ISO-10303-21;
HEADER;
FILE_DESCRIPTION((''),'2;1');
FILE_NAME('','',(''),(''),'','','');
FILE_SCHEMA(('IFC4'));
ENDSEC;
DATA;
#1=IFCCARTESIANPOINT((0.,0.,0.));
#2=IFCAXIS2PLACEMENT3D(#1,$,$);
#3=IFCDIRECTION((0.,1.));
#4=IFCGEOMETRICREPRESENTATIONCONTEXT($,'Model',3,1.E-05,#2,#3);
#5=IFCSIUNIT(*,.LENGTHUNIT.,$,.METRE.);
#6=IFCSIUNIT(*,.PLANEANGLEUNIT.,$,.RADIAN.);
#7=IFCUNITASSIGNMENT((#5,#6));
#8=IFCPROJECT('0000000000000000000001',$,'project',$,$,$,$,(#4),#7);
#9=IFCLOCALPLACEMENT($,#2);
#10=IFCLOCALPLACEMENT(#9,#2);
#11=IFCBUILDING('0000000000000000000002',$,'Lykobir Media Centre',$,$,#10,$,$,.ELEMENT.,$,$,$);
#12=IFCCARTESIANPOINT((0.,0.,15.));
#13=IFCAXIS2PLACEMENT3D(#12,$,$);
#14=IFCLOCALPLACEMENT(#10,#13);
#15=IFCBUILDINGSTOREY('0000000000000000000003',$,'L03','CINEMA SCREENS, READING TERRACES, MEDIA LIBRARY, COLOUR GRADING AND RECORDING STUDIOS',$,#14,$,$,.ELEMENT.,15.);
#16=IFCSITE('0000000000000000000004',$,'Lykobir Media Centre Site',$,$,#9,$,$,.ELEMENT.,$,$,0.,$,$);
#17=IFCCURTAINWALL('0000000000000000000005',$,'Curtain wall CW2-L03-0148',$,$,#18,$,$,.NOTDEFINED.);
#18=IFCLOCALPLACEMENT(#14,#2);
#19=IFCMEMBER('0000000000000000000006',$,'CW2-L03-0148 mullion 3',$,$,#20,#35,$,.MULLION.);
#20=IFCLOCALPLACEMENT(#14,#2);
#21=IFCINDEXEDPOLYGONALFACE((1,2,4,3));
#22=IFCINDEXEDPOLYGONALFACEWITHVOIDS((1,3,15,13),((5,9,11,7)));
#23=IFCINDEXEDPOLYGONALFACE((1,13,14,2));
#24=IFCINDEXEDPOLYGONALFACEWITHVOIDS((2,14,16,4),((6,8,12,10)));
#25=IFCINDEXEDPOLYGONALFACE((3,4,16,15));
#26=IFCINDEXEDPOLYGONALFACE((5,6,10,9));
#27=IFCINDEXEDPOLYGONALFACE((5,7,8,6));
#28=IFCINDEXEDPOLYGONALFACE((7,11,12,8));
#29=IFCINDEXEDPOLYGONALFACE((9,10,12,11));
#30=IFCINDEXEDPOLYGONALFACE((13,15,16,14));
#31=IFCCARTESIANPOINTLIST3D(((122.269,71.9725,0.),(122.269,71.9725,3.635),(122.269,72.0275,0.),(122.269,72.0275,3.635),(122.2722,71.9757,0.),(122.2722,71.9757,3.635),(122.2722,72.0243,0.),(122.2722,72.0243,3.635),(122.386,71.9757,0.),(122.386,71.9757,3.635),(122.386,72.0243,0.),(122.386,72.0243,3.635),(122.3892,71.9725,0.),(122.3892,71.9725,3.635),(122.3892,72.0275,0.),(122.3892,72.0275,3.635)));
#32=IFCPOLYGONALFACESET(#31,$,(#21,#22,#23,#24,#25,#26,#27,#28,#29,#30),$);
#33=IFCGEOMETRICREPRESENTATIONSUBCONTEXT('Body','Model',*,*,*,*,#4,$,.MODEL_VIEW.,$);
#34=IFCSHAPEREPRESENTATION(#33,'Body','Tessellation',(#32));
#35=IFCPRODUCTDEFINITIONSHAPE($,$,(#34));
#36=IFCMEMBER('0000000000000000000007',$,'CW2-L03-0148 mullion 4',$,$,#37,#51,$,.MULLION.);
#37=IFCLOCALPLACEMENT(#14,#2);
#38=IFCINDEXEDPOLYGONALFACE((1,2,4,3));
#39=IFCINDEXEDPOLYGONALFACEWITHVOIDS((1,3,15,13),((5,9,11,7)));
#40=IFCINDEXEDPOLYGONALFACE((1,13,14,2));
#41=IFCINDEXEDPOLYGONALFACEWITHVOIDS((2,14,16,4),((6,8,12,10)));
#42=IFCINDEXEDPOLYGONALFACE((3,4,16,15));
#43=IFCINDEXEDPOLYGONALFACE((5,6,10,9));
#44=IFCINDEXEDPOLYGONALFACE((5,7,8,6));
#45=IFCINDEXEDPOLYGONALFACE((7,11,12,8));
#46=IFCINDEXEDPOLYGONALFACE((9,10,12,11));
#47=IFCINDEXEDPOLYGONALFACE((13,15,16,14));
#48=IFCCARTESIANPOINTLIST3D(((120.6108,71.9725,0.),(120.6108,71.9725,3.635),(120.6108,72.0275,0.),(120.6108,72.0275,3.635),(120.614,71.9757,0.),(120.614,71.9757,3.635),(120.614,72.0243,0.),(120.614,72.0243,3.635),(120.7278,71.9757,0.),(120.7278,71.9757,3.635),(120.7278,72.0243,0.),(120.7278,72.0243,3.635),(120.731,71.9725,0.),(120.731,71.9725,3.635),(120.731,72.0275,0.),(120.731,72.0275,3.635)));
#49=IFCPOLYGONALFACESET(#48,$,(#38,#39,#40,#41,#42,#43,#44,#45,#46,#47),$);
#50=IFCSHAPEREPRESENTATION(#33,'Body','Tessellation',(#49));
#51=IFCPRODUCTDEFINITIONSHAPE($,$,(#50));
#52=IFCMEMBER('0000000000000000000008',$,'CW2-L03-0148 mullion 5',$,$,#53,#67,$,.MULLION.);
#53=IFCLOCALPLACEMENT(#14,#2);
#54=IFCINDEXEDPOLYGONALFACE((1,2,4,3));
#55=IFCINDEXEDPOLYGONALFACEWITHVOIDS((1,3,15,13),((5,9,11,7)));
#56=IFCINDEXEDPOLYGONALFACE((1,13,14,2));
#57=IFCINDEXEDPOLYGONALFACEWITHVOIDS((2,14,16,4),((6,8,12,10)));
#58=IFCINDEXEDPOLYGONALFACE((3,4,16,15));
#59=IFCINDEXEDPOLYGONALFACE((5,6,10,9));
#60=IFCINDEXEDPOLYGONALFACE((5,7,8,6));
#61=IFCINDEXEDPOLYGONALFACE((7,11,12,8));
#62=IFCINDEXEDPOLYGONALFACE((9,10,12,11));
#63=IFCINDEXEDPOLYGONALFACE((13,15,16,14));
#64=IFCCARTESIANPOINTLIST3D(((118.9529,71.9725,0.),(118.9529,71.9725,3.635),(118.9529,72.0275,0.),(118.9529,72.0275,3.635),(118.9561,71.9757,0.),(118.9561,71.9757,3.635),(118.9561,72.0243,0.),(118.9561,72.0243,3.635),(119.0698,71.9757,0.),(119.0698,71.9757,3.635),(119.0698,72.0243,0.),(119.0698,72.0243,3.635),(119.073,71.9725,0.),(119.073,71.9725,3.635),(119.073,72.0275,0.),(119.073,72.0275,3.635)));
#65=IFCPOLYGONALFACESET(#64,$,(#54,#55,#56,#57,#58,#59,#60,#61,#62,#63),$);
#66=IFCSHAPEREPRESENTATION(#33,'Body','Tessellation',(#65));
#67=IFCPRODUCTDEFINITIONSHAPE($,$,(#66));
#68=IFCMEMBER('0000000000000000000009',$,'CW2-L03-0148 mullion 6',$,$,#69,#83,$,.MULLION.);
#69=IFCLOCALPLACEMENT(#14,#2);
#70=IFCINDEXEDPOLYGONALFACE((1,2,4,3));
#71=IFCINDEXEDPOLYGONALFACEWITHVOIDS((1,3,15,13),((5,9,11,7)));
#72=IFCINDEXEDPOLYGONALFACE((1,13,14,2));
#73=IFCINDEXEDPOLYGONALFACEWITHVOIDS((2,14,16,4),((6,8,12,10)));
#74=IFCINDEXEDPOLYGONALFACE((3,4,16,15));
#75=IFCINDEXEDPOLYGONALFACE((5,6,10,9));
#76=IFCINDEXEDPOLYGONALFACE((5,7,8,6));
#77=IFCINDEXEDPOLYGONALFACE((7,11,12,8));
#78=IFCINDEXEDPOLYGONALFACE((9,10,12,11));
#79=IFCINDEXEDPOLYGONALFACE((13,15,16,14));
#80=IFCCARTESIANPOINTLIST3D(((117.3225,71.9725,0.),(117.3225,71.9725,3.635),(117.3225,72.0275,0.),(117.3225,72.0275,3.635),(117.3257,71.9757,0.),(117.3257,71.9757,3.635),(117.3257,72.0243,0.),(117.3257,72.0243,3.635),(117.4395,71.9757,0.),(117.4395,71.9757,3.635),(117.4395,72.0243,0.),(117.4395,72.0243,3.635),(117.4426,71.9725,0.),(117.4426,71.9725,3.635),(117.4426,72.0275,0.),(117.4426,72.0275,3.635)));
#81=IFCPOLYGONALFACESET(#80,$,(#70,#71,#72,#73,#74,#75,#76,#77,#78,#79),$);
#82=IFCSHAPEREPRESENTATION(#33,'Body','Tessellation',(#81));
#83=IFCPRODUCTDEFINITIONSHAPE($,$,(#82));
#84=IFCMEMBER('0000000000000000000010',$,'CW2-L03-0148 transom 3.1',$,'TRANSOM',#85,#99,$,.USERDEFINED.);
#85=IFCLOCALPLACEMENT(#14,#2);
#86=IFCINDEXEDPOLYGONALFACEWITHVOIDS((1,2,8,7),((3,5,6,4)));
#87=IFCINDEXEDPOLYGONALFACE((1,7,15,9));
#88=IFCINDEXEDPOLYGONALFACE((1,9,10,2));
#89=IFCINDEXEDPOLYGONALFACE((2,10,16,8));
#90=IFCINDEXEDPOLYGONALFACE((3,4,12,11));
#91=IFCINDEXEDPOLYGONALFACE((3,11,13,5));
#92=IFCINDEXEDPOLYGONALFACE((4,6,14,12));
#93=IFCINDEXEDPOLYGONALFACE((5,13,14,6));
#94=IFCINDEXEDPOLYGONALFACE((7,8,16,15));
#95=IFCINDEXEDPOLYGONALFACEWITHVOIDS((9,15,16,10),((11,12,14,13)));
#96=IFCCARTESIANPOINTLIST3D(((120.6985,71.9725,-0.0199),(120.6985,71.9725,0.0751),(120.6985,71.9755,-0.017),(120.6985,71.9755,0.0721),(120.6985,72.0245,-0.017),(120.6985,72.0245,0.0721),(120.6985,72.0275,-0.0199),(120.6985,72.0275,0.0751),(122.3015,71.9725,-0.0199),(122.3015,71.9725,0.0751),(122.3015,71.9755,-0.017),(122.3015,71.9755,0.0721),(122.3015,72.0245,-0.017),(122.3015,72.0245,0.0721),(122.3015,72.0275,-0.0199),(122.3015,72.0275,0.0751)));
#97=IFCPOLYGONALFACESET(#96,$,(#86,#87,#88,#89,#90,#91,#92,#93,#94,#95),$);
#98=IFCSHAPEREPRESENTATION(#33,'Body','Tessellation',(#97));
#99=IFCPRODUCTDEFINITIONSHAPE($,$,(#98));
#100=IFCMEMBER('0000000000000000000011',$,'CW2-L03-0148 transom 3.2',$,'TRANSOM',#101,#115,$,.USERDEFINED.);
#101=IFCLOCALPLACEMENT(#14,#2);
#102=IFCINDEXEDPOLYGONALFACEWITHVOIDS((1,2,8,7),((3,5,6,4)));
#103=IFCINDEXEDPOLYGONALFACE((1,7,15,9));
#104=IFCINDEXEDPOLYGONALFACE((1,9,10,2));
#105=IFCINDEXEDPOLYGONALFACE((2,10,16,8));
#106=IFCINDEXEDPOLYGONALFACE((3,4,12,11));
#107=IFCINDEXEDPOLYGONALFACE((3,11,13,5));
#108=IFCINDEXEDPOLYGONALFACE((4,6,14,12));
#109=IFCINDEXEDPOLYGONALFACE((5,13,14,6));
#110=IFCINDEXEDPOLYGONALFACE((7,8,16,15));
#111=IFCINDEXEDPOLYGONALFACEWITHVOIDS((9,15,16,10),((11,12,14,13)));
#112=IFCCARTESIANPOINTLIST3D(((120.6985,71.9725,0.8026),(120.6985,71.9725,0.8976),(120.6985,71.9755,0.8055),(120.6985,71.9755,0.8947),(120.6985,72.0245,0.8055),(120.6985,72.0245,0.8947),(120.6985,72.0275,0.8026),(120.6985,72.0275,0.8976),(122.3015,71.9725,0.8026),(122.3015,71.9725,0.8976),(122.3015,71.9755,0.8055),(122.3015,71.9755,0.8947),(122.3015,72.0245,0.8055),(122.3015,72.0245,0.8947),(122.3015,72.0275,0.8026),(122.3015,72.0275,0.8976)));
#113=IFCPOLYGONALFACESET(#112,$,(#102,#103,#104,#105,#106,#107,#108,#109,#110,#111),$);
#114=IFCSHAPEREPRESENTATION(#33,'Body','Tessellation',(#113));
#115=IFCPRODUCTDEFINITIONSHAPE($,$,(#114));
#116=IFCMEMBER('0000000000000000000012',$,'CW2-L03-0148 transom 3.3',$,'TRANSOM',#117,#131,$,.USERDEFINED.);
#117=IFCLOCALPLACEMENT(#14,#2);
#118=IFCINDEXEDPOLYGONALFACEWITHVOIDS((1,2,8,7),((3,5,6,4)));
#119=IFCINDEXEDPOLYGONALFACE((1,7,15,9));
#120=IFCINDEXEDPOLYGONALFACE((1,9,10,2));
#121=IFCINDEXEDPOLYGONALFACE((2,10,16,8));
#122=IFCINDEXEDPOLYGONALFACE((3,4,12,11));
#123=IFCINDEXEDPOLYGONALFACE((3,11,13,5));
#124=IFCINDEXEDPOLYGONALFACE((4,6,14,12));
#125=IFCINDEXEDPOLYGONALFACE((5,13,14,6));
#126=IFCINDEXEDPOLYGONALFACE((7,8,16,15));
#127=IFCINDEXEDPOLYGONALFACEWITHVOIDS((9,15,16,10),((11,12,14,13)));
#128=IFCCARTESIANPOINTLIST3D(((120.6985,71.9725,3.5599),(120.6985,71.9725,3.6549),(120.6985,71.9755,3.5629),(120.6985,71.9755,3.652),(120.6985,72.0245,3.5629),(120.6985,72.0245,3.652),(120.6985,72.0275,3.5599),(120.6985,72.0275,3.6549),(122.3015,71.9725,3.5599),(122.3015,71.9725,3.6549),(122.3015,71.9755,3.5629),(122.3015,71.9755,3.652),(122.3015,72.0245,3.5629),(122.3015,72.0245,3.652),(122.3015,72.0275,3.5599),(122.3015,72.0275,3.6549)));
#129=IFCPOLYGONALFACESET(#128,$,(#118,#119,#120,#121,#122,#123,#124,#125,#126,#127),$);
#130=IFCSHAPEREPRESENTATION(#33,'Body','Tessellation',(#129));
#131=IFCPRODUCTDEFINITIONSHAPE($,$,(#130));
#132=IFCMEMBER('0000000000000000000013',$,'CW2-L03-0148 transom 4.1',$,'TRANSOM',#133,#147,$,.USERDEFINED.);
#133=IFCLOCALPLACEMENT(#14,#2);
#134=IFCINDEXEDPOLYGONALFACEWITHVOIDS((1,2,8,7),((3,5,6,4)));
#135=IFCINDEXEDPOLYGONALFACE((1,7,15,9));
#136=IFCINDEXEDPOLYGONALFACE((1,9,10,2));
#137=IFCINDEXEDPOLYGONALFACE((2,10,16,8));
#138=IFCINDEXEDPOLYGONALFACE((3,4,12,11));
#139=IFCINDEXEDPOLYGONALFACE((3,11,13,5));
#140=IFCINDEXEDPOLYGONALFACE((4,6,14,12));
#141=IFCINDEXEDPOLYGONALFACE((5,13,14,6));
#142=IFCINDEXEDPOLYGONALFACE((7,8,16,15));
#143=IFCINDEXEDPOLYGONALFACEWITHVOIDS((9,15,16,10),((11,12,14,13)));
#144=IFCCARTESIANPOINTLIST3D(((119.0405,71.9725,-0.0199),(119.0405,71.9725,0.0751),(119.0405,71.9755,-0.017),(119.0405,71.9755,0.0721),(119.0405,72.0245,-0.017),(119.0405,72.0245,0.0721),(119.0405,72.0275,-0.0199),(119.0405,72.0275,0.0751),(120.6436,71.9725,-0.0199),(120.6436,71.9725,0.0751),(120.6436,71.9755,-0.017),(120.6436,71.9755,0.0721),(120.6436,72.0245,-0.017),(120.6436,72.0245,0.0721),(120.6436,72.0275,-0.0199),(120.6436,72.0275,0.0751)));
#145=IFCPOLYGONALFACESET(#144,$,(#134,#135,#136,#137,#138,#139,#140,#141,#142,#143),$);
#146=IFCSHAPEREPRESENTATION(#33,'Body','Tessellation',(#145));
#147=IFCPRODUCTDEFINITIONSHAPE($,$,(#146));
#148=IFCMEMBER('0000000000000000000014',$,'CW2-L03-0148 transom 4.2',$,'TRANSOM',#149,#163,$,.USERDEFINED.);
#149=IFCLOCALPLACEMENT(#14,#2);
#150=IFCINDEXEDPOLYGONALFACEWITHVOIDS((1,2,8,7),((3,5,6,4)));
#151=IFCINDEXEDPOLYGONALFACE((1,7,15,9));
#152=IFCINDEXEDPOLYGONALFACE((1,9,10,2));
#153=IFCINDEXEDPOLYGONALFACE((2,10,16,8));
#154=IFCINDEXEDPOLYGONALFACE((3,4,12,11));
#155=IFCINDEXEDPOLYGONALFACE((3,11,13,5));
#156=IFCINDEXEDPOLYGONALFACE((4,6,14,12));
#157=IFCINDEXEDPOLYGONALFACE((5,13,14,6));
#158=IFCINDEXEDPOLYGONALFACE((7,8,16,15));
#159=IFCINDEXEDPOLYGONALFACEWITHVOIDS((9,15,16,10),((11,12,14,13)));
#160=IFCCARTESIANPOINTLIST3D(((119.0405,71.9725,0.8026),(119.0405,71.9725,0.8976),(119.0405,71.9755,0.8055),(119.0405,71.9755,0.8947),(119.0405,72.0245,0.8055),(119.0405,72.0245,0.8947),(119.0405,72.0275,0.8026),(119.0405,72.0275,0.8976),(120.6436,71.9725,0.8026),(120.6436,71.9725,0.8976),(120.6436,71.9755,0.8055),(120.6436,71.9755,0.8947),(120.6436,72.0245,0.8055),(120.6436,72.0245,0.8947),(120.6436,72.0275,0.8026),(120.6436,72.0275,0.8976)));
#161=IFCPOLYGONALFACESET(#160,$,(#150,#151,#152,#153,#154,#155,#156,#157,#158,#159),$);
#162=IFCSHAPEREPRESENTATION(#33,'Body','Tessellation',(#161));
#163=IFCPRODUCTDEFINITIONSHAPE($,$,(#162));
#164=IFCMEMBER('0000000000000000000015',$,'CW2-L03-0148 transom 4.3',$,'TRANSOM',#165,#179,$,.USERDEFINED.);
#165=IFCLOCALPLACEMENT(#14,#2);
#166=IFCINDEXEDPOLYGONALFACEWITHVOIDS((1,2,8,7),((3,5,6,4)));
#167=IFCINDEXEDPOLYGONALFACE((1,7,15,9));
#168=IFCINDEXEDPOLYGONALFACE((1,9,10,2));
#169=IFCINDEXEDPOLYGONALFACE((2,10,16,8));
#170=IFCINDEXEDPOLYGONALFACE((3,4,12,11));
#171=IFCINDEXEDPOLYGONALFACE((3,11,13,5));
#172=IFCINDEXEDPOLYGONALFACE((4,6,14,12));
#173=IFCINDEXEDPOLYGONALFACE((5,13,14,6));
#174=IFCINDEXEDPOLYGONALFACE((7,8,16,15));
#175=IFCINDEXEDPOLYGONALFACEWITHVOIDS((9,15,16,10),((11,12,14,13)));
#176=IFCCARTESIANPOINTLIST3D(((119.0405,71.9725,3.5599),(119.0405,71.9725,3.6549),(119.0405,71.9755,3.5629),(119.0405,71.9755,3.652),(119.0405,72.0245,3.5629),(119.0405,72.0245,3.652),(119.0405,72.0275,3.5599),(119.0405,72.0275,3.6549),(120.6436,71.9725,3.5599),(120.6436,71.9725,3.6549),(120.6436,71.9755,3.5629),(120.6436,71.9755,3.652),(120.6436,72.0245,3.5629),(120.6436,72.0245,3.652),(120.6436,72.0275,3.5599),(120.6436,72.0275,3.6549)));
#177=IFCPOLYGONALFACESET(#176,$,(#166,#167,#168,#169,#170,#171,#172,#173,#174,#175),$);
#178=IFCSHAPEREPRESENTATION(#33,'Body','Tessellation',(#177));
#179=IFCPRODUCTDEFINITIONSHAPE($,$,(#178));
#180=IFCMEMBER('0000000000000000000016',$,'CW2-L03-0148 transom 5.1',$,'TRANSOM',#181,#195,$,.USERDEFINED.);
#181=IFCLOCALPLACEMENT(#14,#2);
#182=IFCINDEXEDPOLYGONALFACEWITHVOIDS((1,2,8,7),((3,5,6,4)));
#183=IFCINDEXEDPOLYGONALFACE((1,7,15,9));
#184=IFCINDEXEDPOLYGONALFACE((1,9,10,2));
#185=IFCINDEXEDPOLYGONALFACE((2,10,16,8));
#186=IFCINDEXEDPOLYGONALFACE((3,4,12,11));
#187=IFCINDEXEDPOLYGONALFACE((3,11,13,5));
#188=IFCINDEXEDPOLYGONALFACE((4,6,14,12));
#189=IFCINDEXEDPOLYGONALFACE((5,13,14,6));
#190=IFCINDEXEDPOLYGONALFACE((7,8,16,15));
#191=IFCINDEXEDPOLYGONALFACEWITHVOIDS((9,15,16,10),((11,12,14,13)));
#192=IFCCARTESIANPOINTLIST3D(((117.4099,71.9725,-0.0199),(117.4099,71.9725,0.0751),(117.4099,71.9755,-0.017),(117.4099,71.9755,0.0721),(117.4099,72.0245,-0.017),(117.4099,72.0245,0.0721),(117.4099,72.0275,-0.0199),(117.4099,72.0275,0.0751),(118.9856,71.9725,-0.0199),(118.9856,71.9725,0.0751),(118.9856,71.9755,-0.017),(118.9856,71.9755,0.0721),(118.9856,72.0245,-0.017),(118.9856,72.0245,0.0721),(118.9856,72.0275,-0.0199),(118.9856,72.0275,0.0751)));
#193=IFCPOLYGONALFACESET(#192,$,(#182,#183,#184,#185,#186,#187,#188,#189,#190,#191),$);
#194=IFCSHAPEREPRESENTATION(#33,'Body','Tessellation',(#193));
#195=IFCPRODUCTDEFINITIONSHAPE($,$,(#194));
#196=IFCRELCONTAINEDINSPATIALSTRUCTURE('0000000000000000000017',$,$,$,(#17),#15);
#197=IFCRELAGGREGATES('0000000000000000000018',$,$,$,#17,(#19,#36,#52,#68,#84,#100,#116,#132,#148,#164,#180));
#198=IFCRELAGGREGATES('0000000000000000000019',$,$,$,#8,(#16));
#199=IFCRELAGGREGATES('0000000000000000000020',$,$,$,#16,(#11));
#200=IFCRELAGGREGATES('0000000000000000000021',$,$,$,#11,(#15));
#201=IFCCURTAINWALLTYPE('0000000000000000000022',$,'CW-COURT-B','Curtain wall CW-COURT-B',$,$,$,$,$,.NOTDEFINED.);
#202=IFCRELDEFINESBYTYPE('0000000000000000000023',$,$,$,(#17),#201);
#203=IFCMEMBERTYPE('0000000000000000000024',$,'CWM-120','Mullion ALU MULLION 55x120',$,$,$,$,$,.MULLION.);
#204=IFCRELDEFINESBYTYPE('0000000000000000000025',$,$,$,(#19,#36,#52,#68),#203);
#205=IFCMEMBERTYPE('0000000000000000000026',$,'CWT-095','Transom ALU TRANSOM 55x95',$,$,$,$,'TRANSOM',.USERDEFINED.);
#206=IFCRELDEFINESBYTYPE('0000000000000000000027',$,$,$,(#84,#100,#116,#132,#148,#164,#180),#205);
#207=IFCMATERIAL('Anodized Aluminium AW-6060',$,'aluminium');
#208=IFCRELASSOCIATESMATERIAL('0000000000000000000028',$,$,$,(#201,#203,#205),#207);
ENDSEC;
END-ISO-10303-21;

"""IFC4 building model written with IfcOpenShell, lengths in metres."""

from ifc_helpers import new_model, si_unit, direction, frame, origin, origin_2d, place, context, subcontext, project, spatial, hollow_rectangle, extrude, material, material_profile, profile_set, type_object, element, aggregate, save


model = new_model("IFC4")

# Units and contexts
model_context = context("Model", 3, precision=1e-05, world=origin(), true_north=direction((0.0, 1.0)))
body_context = subcontext(model_context, "Body", "Model", "MODEL_VIEW")
ifc_project = project(units=[si_unit("LENGTHUNIT", "METRE"), si_unit("PLANEANGLEUNIT", "RADIAN")], contexts=[model_context])

# Site, building, storey
site_placement = place(None, origin())
site = spatial("IfcSite", under=ifc_project, at=site_placement, Name="Lykobir Media Centre Site", CompositionType="ELEMENT", RefElevation=0.0)
building_placement = place(site_placement, origin())
building = spatial("IfcBuilding", under=site, at=building_placement, Name="Lykobir Media Centre", CompositionType="ELEMENT")
storey_placement = place(building_placement, frame((0.0, 0.0, 15.0)))
storey = spatial("IfcBuildingStorey", under=building, at=storey_placement, Name="L03", Description="CINEMA SCREENS, READING TERRACES, MEDIA LIBRARY, COLOUR GRADING AND RECORDING STUDIOS", CompositionType="ELEMENT", Elevation=15.0)

# Curtain wall, members
ifc_material_1 = material(Name="Anodized Aluminium AW-6060", Category="aluminium")
curtain_wall_type = type_object("IfcCurtainWallType", Name="CW-COURT-B", Description="Curtain wall CW-COURT-B", PredefinedType="NOTDEFINED", material=ifc_material_1)
curtain_wall_placement = place(storey_placement, origin())
curtain_wall = element("IfcCurtainWall", 1, at=curtain_wall_placement, inside=storey, type_object=curtain_wall_type, Name="Curtain wall CW2-L03-0148", PredefinedType="NOTDEFINED")
ifc_material_profile_1 = material_profile(ifc_material_1, hollow_rectangle(XDim=0.0549, YDim=0.1201, WallThickness=0.0032, at=origin_2d()), Name="ALU MULLION 55x120")
ifc_profile_set_1 = profile_set([ifc_material_profile_1], Name="Anodized Aluminium AW-6060")
member_type_1 = type_object("IfcMemberType", Name="CWM-120", Description="Mullion ALU MULLION 55x120", PredefinedType="MULLION", material=ifc_profile_set_1)
member_1_placement = place(storey_placement, frame((122.3291, 72.0, 0.0), z_axis=(0.0, 0.0, 1.0), x_axis=(0.0, -1.0, 0.0)))
member_1 = element("IfcMember", 2, at=member_1_placement, type_object=member_type_1, Name="CW2-L03-0148 mullion 3", PredefinedType="MULLION", context=body_context, shape_type="SweptSolid", body=[
    extrude(hollow_rectangle(XDim=0.0549, YDim=0.1201, WallThickness=0.0032, at=origin_2d()), origin(), (0.0, 0.0, 1.0), 3.635),
])
member_2_placement = place(storey_placement, frame((120.6709, 72.0, 0.0), z_axis=(0.0, 0.0, 1.0), x_axis=(0.0, -1.0, 0.0)))
member_2 = element("IfcMember", 3, at=member_2_placement, type_object=member_type_1, Name="CW2-L03-0148 mullion 4", PredefinedType="MULLION", context=body_context, shape_type="SweptSolid", body=[
    extrude(hollow_rectangle(XDim=0.0549, YDim=0.1201, WallThickness=0.0032, at=origin_2d()), origin(), (0.0, 0.0, 1.0), 3.635),
])
member_3_placement = place(storey_placement, frame((119.0129, 72.0, 0.0), z_axis=(0.0, 0.0, 1.0), x_axis=(0.0, -1.0, 0.0)))
member_3 = element("IfcMember", 4, at=member_3_placement, type_object=member_type_1, Name="CW2-L03-0148 mullion 5", PredefinedType="MULLION", context=body_context, shape_type="SweptSolid", body=[
    extrude(hollow_rectangle(XDim=0.0549, YDim=0.1201, WallThickness=0.0032, at=origin_2d()), origin(), (0.0, 0.0, 1.0), 3.635),
])
member_4_placement = place(storey_placement, frame((117.3826, 72.0, 0.0), z_axis=(0.0, 0.0, 1.0), x_axis=(0.0, -1.0, 0.0)))
member_4 = element("IfcMember", 5, at=member_4_placement, type_object=member_type_1, Name="CW2-L03-0148 mullion 6", PredefinedType="MULLION", context=body_context, shape_type="SweptSolid", body=[
    extrude(hollow_rectangle(XDim=0.0549, YDim=0.1201, WallThickness=0.0032, at=origin_2d()), origin(), (0.0, 0.0, 1.0), 3.635),
])
ifc_material_profile_2 = material_profile(ifc_material_1, hollow_rectangle(XDim=0.0549, YDim=0.095, WallThickness=0.0029, at=origin_2d()), Name="ALU TRANSOM 55x95")
ifc_profile_set_2 = profile_set([ifc_material_profile_2], Name="Anodized Aluminium AW-6060")
member_type_2 = type_object("IfcMemberType", Name="CWT-095", Description="Transom ALU TRANSOM 55x95", ElementType="TRANSOM", PredefinedType="USERDEFINED", material=ifc_profile_set_2)
member_5_placement = place(storey_placement, frame((122.3015, 72.0, 0.0276), z_axis=(-1.0, 0.0, 0.0), x_axis=(0.0, -1.0, 0.0)))
member_5 = element("IfcMember", 6, at=member_5_placement, type_object=member_type_2, Name="CW2-L03-0148 transom 3.1", ObjectType="TRANSOM", PredefinedType="USERDEFINED", context=body_context, shape_type="SweptSolid", body=[
    extrude(hollow_rectangle(XDim=0.0549, YDim=0.095, WallThickness=0.0029, at=origin_2d()), origin(), (0.0, 0.0, 1.0), 1.603),
])
member_6_placement = place(storey_placement, frame((122.3015, 72.0, 0.8501), z_axis=(-1.0, 0.0, 0.0), x_axis=(0.0, -1.0, 0.0)))
member_6 = element("IfcMember", 7, at=member_6_placement, type_object=member_type_2, Name="CW2-L03-0148 transom 3.2", ObjectType="TRANSOM", PredefinedType="USERDEFINED", context=body_context, shape_type="SweptSolid", body=[
    extrude(hollow_rectangle(XDim=0.0549, YDim=0.095, WallThickness=0.0029, at=origin_2d()), origin(), (0.0, 0.0, 1.0), 1.603),
])
member_7_placement = place(storey_placement, frame((122.3015, 72.0, 3.6074), z_axis=(-1.0, 0.0, 0.0), x_axis=(0.0, -1.0, 0.0)))
member_7 = element("IfcMember", 8, at=member_7_placement, type_object=member_type_2, Name="CW2-L03-0148 transom 3.3", ObjectType="TRANSOM", PredefinedType="USERDEFINED", context=body_context, shape_type="SweptSolid", body=[
    extrude(hollow_rectangle(XDim=0.0549, YDim=0.095, WallThickness=0.0029, at=origin_2d()), origin(), (0.0, 0.0, 1.0), 1.603),
])
member_8_placement = place(storey_placement, frame((120.6436, 72.0, 0.0276), z_axis=(-1.0, 0.0, 0.0), x_axis=(0.0, -1.0, 0.0)))
member_8 = element("IfcMember", 9, at=member_8_placement, type_object=member_type_2, Name="CW2-L03-0148 transom 4.1", ObjectType="TRANSOM", PredefinedType="USERDEFINED", context=body_context, shape_type="SweptSolid", body=[
    extrude(hollow_rectangle(XDim=0.0549, YDim=0.095, WallThickness=0.0029, at=origin_2d()), origin(), (0.0, 0.0, 1.0), 1.603),
])
member_9_placement = place(storey_placement, frame((120.6436, 72.0, 0.8501), z_axis=(-1.0, 0.0, 0.0), x_axis=(0.0, -1.0, 0.0)))
member_9 = element("IfcMember", 10, at=member_9_placement, type_object=member_type_2, Name="CW2-L03-0148 transom 4.2", ObjectType="TRANSOM", PredefinedType="USERDEFINED", context=body_context, shape_type="SweptSolid", body=[
    extrude(hollow_rectangle(XDim=0.0549, YDim=0.095, WallThickness=0.0029, at=origin_2d()), origin(), (0.0, 0.0, 1.0), 1.603),
])
member_10_placement = place(storey_placement, frame((120.6436, 72.0, 3.6074), z_axis=(-1.0, 0.0, 0.0), x_axis=(0.0, -1.0, 0.0)))
member_10 = element("IfcMember", 11, at=member_10_placement, type_object=member_type_2, Name="CW2-L03-0148 transom 4.3", ObjectType="TRANSOM", PredefinedType="USERDEFINED", context=body_context, shape_type="SweptSolid", body=[
    extrude(hollow_rectangle(XDim=0.0549, YDim=0.095, WallThickness=0.0029, at=origin_2d()), origin(), (0.0, 0.0, 1.0), 1.603),
])
member_11_placement = place(storey_placement, frame((118.9856, 72.0, 0.0276), z_axis=(-1.0, 0.0, 0.0), x_axis=(0.0, -1.0, 0.0)))
member_11 = element("IfcMember", 12, at=member_11_placement, type_object=member_type_2, Name="CW2-L03-0148 transom 5.1", ObjectType="TRANSOM", PredefinedType="USERDEFINED", context=body_context, shape_type="SweptSolid", body=[
    extrude(hollow_rectangle(XDim=0.0549, YDim=0.095, WallThickness=0.0029, at=origin_2d()), origin(), (0.0, 0.0, 1.0), 1.5757),
])
aggregate(curtain_wall, [member_1, member_2, member_3, member_4, member_5, member_6, member_7, member_8, member_9, member_10, member_11])

save(model, "model.ifc")
